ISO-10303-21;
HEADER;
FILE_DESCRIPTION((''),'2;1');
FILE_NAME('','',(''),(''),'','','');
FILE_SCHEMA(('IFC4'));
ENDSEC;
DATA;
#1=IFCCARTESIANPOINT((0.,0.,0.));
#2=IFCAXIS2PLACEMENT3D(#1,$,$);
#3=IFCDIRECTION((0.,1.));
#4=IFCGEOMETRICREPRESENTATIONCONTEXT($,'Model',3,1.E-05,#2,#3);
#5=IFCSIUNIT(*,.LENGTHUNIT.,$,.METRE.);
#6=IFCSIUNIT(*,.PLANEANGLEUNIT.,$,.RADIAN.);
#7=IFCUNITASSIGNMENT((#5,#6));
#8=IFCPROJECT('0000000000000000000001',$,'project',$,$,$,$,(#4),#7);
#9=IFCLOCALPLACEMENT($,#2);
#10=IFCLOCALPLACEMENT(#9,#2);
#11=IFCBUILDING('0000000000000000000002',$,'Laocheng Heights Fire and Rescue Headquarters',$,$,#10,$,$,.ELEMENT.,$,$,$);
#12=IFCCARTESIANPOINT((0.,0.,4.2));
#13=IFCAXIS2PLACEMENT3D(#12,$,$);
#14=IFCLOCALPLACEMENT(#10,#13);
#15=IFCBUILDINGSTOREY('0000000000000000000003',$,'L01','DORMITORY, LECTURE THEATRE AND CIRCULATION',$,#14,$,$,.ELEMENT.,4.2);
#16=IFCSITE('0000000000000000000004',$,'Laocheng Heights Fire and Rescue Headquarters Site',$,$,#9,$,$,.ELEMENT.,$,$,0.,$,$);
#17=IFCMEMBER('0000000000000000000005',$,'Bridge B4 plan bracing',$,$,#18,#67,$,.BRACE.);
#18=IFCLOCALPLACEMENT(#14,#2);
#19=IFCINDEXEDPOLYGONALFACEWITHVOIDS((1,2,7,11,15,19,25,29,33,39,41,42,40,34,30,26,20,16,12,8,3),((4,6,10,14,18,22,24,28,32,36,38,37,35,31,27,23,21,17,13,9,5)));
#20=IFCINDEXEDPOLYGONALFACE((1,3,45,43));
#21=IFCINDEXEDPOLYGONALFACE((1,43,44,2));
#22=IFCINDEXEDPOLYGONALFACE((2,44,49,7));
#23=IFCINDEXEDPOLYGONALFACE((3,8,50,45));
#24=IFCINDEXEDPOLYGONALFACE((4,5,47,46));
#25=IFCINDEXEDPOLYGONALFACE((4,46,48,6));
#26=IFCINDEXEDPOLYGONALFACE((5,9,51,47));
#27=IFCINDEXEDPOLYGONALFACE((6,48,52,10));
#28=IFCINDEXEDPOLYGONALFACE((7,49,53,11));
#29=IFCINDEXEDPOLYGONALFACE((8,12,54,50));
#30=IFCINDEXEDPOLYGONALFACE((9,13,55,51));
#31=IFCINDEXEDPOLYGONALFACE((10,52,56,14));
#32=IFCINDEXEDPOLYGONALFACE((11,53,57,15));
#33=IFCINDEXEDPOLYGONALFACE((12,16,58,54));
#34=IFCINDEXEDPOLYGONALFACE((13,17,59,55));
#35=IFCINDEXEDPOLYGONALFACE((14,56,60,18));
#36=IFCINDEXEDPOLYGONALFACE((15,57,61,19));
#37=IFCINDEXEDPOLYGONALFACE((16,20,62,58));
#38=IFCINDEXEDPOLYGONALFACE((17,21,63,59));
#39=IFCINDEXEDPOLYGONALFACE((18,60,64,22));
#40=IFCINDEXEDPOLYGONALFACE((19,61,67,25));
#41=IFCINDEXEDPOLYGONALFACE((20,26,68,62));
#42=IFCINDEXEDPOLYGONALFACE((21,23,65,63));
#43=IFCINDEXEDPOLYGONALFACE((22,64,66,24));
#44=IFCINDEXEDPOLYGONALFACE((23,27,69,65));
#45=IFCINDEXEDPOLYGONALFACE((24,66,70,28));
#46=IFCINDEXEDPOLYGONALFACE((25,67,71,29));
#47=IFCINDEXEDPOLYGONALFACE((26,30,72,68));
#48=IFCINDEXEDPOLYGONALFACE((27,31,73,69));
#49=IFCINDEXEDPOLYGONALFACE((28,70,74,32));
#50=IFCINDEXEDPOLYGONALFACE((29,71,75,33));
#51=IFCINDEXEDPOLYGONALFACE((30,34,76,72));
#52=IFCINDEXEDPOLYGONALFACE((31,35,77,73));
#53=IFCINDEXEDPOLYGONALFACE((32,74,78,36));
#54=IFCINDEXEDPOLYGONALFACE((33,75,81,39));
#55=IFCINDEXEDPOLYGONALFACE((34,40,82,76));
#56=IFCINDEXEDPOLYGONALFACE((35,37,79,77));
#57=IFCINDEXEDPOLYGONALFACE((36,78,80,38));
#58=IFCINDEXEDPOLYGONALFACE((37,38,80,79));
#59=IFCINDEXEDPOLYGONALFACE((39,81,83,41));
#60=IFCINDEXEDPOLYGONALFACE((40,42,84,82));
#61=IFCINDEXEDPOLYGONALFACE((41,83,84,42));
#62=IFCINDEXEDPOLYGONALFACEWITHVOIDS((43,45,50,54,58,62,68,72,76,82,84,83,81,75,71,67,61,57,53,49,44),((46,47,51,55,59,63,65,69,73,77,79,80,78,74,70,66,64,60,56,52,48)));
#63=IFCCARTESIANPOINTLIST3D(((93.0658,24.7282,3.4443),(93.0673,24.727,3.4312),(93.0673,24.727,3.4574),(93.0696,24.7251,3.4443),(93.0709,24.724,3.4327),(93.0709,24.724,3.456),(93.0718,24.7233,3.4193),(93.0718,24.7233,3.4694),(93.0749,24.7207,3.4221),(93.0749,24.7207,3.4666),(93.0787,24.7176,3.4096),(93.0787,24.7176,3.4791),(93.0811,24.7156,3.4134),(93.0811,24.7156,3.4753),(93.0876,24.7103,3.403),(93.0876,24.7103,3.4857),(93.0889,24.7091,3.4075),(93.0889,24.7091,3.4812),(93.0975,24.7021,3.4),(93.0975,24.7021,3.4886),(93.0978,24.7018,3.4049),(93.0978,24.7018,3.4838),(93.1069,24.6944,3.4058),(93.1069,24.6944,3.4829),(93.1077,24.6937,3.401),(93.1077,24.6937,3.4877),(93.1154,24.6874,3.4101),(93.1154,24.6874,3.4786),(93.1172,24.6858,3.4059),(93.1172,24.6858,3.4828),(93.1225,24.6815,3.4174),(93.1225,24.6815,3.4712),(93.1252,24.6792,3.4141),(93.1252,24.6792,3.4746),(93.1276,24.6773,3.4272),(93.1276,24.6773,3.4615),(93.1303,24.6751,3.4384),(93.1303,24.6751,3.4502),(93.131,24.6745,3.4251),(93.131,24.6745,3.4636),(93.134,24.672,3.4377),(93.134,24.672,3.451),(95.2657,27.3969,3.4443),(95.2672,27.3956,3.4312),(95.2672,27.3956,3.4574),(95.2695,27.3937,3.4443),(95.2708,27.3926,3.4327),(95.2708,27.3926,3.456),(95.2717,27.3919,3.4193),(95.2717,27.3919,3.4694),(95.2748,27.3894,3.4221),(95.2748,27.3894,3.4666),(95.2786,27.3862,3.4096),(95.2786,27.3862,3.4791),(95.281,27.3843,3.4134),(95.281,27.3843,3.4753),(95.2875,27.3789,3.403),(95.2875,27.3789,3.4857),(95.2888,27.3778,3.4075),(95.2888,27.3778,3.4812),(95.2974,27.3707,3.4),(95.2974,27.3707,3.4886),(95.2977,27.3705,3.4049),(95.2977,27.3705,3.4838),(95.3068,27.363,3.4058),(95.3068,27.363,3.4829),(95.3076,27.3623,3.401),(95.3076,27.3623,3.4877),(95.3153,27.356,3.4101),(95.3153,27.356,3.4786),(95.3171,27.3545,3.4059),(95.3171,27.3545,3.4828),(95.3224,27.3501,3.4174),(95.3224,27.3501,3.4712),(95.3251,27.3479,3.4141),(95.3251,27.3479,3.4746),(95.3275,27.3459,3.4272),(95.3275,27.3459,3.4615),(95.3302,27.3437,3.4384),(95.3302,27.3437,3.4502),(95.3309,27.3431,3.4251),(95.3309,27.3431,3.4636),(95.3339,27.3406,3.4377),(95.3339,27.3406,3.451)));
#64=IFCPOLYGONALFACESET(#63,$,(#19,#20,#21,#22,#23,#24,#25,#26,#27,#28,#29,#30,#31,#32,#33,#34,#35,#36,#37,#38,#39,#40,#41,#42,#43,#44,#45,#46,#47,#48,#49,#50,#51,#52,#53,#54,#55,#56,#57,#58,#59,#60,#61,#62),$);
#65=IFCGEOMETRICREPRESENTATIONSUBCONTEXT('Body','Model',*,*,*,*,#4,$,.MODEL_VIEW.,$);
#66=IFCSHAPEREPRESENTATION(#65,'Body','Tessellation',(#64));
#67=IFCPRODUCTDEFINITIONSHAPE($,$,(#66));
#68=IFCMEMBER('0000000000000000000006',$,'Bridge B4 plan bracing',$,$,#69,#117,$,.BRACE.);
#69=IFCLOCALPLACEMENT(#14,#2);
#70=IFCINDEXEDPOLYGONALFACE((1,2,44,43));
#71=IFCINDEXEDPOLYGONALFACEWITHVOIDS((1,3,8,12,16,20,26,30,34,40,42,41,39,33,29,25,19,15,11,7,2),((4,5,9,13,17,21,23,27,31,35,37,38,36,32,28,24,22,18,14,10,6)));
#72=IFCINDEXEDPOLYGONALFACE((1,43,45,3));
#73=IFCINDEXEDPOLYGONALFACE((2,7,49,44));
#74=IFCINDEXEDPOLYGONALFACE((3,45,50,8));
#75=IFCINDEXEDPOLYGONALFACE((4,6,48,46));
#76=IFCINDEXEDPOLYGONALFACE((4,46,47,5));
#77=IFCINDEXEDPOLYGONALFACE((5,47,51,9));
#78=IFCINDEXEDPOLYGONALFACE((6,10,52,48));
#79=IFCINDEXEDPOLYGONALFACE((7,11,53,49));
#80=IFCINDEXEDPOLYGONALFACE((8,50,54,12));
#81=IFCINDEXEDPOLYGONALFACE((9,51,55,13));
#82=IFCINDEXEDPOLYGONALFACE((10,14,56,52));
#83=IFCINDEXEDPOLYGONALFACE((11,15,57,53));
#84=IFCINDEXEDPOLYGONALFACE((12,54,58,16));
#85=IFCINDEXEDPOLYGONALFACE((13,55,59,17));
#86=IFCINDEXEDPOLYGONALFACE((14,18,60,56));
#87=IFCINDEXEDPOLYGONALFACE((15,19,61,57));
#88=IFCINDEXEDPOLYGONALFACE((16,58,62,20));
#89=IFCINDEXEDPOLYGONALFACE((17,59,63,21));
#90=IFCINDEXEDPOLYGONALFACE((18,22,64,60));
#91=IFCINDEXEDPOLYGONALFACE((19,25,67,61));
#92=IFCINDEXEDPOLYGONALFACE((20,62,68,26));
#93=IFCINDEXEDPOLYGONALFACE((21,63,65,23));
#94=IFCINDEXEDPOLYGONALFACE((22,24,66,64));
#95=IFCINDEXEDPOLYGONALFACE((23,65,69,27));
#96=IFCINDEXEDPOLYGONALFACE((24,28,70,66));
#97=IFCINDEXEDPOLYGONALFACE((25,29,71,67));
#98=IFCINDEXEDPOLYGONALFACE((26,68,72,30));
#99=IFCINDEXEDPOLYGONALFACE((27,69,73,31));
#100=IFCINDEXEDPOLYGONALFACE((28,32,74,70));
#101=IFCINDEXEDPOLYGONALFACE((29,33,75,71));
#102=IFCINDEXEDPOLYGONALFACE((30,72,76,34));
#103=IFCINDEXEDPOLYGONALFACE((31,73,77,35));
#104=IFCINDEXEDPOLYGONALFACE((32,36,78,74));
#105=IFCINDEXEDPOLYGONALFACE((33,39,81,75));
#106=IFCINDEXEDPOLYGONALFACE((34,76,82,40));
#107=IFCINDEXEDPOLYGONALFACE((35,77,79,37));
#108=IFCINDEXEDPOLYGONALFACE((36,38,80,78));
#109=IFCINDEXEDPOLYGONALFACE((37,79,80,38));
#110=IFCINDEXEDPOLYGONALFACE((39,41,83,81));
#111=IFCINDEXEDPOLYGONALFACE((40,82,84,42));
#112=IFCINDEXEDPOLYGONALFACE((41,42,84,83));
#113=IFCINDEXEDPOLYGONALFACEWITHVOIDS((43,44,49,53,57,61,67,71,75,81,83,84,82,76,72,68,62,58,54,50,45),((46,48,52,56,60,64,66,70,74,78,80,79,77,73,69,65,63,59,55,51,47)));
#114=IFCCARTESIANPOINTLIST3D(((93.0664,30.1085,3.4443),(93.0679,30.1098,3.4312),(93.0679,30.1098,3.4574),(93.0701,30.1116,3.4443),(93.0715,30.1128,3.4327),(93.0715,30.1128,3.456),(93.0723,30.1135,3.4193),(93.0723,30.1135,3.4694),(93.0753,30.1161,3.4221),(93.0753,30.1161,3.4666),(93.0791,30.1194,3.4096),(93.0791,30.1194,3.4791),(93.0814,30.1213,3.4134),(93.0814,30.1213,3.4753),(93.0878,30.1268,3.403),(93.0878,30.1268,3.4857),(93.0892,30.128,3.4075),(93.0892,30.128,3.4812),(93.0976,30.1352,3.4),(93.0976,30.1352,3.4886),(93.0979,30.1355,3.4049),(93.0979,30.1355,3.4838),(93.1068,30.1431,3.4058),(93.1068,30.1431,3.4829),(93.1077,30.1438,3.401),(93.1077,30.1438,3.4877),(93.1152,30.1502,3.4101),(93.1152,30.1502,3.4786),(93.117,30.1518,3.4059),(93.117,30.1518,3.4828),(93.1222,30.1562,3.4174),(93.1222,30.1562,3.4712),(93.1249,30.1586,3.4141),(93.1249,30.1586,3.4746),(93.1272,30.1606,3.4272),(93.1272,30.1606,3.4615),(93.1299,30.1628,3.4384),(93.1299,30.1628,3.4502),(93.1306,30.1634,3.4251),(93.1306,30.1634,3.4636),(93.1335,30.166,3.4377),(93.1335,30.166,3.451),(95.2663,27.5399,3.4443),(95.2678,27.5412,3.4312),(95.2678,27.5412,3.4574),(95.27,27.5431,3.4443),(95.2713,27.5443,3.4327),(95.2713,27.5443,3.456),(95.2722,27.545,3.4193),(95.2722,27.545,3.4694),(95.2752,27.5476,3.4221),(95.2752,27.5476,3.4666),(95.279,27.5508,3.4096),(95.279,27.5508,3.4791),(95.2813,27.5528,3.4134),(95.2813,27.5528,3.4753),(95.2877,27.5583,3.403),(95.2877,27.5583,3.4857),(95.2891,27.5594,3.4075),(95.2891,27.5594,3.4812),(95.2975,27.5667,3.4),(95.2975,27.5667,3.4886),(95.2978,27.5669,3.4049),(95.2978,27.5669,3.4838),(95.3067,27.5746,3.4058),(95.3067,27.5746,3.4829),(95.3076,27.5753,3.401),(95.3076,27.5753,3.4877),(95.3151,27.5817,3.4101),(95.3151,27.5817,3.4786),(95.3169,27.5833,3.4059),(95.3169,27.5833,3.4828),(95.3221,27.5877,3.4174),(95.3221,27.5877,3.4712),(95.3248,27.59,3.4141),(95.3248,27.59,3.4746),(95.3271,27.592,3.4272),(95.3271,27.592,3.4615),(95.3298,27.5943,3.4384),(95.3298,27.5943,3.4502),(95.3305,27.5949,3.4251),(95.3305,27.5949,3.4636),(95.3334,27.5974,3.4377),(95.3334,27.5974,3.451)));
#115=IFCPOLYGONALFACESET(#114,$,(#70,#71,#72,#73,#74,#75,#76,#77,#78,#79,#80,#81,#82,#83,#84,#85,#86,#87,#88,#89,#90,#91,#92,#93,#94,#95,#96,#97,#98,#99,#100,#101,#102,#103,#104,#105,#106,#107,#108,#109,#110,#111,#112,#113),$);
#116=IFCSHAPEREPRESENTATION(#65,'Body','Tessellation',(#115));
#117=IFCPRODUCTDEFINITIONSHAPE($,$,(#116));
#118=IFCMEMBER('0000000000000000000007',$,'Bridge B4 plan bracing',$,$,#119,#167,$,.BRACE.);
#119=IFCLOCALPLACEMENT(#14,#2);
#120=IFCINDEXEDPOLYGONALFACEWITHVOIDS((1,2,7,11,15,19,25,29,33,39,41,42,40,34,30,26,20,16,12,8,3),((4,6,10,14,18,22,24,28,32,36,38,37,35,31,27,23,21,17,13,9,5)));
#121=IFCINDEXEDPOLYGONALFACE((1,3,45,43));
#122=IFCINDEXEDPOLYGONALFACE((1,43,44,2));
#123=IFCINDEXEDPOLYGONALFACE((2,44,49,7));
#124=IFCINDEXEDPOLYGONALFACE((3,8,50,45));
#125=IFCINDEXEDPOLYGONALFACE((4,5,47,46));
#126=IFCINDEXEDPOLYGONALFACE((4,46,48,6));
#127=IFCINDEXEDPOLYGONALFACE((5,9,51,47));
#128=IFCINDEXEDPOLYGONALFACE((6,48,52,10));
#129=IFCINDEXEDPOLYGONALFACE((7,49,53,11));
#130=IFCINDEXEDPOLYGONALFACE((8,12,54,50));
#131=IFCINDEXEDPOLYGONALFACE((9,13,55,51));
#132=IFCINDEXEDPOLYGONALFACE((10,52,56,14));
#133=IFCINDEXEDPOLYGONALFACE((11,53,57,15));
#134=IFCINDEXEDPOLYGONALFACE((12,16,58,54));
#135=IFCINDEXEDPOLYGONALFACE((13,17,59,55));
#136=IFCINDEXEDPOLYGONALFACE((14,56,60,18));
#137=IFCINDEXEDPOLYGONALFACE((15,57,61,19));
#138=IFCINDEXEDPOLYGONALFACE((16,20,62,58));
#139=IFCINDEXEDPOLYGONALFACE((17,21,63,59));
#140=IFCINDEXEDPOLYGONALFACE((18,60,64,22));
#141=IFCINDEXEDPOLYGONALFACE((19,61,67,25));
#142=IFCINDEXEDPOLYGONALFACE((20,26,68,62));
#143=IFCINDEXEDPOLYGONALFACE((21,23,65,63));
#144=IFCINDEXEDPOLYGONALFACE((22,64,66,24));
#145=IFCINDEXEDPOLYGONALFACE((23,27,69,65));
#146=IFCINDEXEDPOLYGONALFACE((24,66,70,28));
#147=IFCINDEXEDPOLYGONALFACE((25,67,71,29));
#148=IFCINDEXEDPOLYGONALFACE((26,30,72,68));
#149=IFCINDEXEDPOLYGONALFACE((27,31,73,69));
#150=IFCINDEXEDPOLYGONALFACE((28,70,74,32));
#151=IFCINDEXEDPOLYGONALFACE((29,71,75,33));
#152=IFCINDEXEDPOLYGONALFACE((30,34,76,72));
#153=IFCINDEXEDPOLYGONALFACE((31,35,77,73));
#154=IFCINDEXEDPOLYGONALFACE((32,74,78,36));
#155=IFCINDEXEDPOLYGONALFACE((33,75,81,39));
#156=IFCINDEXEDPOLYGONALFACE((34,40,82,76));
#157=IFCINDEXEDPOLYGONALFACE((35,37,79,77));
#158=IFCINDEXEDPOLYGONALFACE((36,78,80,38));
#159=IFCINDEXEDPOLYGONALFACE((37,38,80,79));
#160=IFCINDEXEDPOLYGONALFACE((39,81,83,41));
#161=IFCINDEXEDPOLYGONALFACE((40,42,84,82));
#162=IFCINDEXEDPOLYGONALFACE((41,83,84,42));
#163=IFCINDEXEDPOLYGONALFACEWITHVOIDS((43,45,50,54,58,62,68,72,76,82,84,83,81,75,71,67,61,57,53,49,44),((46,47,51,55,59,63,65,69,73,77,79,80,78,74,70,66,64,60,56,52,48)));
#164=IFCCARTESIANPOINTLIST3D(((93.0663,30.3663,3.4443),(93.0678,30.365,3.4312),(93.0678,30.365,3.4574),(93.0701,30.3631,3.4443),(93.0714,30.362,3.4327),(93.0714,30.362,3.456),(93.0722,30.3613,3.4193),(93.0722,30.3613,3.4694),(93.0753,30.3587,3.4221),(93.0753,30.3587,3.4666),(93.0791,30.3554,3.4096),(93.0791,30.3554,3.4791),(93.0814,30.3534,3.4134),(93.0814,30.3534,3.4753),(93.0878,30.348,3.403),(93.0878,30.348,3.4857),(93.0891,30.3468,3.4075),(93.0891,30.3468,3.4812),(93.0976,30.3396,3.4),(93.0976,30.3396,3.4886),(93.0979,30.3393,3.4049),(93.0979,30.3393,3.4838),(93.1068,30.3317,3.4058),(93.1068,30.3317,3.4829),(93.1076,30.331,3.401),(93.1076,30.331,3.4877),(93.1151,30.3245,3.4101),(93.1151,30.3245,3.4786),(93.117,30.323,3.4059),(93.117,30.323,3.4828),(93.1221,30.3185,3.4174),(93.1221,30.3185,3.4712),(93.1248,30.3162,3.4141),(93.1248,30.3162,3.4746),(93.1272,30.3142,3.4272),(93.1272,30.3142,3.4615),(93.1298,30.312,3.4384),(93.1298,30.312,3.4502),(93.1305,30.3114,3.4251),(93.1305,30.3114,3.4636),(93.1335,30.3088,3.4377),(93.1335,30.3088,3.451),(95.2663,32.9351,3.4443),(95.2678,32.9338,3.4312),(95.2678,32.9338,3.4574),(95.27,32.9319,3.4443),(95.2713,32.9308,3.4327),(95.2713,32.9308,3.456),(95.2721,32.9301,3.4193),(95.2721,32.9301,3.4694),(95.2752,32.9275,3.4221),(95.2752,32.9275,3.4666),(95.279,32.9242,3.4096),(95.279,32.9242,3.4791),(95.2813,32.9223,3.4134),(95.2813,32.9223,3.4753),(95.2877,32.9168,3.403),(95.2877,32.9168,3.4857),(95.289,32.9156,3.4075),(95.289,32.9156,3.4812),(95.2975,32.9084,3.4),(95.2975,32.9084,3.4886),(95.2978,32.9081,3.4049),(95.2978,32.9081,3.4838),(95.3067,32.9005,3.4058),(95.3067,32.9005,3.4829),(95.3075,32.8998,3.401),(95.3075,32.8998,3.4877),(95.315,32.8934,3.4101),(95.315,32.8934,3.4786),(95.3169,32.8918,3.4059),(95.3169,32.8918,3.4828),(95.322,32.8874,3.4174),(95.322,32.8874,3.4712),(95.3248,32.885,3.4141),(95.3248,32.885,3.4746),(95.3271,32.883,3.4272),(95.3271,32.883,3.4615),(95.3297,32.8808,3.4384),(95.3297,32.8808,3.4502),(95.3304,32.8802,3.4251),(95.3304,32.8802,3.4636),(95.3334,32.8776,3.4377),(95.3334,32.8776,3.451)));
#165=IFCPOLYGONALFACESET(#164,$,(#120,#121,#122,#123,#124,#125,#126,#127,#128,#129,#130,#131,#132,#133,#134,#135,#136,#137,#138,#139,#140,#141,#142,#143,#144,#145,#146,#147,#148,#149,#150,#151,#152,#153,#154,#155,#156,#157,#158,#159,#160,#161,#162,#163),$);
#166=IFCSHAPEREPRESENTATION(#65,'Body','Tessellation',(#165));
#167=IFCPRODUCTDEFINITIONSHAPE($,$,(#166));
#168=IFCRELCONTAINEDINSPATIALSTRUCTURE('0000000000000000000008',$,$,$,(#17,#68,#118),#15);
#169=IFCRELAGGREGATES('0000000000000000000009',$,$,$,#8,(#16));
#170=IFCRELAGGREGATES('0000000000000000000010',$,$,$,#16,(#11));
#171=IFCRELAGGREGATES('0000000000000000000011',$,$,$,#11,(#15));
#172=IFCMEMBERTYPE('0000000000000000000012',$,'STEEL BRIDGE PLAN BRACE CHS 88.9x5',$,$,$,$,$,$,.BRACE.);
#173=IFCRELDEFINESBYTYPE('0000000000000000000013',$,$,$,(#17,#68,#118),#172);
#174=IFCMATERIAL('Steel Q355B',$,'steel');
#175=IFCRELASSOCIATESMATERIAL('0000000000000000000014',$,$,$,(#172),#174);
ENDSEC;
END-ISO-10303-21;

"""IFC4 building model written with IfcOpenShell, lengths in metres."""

from ifc_helpers import new_model, si_unit, direction, frame, origin, origin_2d, place, context, subcontext, project, spatial, hollow_circle, extrude, material, material_profile, profile_set, type_object, element, save


model = new_model("IFC4")

# Units and contexts
model_context = context("Model", 3, precision=1e-05, world=origin(), true_north=direction((0.0, 1.0)))
body_context = subcontext(model_context, "Body", "Model", "MODEL_VIEW")
ifc_project = project(units=[si_unit("LENGTHUNIT", "METRE"), si_unit("PLANEANGLEUNIT", "RADIAN")], contexts=[model_context])

# Site, building, storey
site_placement = place(None, origin())
site = spatial("IfcSite", under=ifc_project, at=site_placement, Name="Laocheng Heights Fire and Rescue Headquarters Site", CompositionType="ELEMENT", RefElevation=0.0)
building_placement = place(site_placement, origin())
building = spatial("IfcBuilding", under=site, at=building_placement, Name="Laocheng Heights Fire and Rescue Headquarters", CompositionType="ELEMENT")
storey_placement = place(building_placement, frame((0.0, 0.0, 4.2)))
storey = spatial("IfcBuildingStorey", under=building, at=storey_placement, Name="L01", Description="DORMITORY, LECTURE THEATRE AND CIRCULATION", CompositionType="ELEMENT", Elevation=4.2)

# Members
ifc_material_1 = material(Name="Steel Q355B", Category="steel")
ifc_material_profile_1 = material_profile(ifc_material_1, hollow_circle(Radius=0.0444, WallThickness=0.0049, at=origin_2d()), Name="CHS 88.9x5")
ifc_profile_set_1 = profile_set([ifc_material_profile_1], Name="Steel Q355B")
member_type = type_object("IfcMemberType", Name="STEEL BRIDGE PLAN BRACE CHS 88.9x5", PredefinedType="BRACE", material=ifc_profile_set_1)
member_1_placement = place(storey_placement, frame((93.1001, 24.7, 3.4443), z_axis=(0.636086, 0.771618, 0.0), x_axis=(-0.771618, 0.636086, 0.0)))
element("IfcMember", 1, at=member_1_placement, inside=storey, type_object=member_type, Name="Bridge B4 plan bracing", PredefinedType="BRACE", context=body_context, shape_type="SweptSolid", body=[
    extrude(hollow_circle(Radius=0.0444, WallThickness=0.0049, at=origin_2d()), origin(), (0.0, 0.0, 1.0), 3.4585),
])
member_2_placement = place(storey_placement, frame((95.3, 27.5688, 3.4443), z_axis=(-0.6505, 0.759506, 0.0), x_axis=(-0.759506, -0.6505, 0.0)))
element("IfcMember", 2, at=member_2_placement, inside=storey, type_object=member_type, Name="Bridge B4 plan bracing", PredefinedType="BRACE", context=body_context, shape_type="SweptSolid", body=[
    extrude(hollow_circle(Radius=0.0444, WallThickness=0.0049, at=origin_2d()), origin(), (0.0, 0.0, 1.0), 3.3818),
])
member_3_placement = place(storey_placement, frame((93.1001, 30.3374, 3.4443), z_axis=(0.650464, 0.759537, 0.0), x_axis=(-0.759537, 0.650464, 0.0)))
element("IfcMember", 3, at=member_3_placement, inside=storey, type_object=member_type, Name="Bridge B4 plan bracing", PredefinedType="BRACE", context=body_context, shape_type="SweptSolid", body=[
    extrude(hollow_circle(Radius=0.0444, WallThickness=0.0049, at=origin_2d()), origin(), (0.0, 0.0, 1.0), 3.3821),
])

save(model, "model.ifc")
